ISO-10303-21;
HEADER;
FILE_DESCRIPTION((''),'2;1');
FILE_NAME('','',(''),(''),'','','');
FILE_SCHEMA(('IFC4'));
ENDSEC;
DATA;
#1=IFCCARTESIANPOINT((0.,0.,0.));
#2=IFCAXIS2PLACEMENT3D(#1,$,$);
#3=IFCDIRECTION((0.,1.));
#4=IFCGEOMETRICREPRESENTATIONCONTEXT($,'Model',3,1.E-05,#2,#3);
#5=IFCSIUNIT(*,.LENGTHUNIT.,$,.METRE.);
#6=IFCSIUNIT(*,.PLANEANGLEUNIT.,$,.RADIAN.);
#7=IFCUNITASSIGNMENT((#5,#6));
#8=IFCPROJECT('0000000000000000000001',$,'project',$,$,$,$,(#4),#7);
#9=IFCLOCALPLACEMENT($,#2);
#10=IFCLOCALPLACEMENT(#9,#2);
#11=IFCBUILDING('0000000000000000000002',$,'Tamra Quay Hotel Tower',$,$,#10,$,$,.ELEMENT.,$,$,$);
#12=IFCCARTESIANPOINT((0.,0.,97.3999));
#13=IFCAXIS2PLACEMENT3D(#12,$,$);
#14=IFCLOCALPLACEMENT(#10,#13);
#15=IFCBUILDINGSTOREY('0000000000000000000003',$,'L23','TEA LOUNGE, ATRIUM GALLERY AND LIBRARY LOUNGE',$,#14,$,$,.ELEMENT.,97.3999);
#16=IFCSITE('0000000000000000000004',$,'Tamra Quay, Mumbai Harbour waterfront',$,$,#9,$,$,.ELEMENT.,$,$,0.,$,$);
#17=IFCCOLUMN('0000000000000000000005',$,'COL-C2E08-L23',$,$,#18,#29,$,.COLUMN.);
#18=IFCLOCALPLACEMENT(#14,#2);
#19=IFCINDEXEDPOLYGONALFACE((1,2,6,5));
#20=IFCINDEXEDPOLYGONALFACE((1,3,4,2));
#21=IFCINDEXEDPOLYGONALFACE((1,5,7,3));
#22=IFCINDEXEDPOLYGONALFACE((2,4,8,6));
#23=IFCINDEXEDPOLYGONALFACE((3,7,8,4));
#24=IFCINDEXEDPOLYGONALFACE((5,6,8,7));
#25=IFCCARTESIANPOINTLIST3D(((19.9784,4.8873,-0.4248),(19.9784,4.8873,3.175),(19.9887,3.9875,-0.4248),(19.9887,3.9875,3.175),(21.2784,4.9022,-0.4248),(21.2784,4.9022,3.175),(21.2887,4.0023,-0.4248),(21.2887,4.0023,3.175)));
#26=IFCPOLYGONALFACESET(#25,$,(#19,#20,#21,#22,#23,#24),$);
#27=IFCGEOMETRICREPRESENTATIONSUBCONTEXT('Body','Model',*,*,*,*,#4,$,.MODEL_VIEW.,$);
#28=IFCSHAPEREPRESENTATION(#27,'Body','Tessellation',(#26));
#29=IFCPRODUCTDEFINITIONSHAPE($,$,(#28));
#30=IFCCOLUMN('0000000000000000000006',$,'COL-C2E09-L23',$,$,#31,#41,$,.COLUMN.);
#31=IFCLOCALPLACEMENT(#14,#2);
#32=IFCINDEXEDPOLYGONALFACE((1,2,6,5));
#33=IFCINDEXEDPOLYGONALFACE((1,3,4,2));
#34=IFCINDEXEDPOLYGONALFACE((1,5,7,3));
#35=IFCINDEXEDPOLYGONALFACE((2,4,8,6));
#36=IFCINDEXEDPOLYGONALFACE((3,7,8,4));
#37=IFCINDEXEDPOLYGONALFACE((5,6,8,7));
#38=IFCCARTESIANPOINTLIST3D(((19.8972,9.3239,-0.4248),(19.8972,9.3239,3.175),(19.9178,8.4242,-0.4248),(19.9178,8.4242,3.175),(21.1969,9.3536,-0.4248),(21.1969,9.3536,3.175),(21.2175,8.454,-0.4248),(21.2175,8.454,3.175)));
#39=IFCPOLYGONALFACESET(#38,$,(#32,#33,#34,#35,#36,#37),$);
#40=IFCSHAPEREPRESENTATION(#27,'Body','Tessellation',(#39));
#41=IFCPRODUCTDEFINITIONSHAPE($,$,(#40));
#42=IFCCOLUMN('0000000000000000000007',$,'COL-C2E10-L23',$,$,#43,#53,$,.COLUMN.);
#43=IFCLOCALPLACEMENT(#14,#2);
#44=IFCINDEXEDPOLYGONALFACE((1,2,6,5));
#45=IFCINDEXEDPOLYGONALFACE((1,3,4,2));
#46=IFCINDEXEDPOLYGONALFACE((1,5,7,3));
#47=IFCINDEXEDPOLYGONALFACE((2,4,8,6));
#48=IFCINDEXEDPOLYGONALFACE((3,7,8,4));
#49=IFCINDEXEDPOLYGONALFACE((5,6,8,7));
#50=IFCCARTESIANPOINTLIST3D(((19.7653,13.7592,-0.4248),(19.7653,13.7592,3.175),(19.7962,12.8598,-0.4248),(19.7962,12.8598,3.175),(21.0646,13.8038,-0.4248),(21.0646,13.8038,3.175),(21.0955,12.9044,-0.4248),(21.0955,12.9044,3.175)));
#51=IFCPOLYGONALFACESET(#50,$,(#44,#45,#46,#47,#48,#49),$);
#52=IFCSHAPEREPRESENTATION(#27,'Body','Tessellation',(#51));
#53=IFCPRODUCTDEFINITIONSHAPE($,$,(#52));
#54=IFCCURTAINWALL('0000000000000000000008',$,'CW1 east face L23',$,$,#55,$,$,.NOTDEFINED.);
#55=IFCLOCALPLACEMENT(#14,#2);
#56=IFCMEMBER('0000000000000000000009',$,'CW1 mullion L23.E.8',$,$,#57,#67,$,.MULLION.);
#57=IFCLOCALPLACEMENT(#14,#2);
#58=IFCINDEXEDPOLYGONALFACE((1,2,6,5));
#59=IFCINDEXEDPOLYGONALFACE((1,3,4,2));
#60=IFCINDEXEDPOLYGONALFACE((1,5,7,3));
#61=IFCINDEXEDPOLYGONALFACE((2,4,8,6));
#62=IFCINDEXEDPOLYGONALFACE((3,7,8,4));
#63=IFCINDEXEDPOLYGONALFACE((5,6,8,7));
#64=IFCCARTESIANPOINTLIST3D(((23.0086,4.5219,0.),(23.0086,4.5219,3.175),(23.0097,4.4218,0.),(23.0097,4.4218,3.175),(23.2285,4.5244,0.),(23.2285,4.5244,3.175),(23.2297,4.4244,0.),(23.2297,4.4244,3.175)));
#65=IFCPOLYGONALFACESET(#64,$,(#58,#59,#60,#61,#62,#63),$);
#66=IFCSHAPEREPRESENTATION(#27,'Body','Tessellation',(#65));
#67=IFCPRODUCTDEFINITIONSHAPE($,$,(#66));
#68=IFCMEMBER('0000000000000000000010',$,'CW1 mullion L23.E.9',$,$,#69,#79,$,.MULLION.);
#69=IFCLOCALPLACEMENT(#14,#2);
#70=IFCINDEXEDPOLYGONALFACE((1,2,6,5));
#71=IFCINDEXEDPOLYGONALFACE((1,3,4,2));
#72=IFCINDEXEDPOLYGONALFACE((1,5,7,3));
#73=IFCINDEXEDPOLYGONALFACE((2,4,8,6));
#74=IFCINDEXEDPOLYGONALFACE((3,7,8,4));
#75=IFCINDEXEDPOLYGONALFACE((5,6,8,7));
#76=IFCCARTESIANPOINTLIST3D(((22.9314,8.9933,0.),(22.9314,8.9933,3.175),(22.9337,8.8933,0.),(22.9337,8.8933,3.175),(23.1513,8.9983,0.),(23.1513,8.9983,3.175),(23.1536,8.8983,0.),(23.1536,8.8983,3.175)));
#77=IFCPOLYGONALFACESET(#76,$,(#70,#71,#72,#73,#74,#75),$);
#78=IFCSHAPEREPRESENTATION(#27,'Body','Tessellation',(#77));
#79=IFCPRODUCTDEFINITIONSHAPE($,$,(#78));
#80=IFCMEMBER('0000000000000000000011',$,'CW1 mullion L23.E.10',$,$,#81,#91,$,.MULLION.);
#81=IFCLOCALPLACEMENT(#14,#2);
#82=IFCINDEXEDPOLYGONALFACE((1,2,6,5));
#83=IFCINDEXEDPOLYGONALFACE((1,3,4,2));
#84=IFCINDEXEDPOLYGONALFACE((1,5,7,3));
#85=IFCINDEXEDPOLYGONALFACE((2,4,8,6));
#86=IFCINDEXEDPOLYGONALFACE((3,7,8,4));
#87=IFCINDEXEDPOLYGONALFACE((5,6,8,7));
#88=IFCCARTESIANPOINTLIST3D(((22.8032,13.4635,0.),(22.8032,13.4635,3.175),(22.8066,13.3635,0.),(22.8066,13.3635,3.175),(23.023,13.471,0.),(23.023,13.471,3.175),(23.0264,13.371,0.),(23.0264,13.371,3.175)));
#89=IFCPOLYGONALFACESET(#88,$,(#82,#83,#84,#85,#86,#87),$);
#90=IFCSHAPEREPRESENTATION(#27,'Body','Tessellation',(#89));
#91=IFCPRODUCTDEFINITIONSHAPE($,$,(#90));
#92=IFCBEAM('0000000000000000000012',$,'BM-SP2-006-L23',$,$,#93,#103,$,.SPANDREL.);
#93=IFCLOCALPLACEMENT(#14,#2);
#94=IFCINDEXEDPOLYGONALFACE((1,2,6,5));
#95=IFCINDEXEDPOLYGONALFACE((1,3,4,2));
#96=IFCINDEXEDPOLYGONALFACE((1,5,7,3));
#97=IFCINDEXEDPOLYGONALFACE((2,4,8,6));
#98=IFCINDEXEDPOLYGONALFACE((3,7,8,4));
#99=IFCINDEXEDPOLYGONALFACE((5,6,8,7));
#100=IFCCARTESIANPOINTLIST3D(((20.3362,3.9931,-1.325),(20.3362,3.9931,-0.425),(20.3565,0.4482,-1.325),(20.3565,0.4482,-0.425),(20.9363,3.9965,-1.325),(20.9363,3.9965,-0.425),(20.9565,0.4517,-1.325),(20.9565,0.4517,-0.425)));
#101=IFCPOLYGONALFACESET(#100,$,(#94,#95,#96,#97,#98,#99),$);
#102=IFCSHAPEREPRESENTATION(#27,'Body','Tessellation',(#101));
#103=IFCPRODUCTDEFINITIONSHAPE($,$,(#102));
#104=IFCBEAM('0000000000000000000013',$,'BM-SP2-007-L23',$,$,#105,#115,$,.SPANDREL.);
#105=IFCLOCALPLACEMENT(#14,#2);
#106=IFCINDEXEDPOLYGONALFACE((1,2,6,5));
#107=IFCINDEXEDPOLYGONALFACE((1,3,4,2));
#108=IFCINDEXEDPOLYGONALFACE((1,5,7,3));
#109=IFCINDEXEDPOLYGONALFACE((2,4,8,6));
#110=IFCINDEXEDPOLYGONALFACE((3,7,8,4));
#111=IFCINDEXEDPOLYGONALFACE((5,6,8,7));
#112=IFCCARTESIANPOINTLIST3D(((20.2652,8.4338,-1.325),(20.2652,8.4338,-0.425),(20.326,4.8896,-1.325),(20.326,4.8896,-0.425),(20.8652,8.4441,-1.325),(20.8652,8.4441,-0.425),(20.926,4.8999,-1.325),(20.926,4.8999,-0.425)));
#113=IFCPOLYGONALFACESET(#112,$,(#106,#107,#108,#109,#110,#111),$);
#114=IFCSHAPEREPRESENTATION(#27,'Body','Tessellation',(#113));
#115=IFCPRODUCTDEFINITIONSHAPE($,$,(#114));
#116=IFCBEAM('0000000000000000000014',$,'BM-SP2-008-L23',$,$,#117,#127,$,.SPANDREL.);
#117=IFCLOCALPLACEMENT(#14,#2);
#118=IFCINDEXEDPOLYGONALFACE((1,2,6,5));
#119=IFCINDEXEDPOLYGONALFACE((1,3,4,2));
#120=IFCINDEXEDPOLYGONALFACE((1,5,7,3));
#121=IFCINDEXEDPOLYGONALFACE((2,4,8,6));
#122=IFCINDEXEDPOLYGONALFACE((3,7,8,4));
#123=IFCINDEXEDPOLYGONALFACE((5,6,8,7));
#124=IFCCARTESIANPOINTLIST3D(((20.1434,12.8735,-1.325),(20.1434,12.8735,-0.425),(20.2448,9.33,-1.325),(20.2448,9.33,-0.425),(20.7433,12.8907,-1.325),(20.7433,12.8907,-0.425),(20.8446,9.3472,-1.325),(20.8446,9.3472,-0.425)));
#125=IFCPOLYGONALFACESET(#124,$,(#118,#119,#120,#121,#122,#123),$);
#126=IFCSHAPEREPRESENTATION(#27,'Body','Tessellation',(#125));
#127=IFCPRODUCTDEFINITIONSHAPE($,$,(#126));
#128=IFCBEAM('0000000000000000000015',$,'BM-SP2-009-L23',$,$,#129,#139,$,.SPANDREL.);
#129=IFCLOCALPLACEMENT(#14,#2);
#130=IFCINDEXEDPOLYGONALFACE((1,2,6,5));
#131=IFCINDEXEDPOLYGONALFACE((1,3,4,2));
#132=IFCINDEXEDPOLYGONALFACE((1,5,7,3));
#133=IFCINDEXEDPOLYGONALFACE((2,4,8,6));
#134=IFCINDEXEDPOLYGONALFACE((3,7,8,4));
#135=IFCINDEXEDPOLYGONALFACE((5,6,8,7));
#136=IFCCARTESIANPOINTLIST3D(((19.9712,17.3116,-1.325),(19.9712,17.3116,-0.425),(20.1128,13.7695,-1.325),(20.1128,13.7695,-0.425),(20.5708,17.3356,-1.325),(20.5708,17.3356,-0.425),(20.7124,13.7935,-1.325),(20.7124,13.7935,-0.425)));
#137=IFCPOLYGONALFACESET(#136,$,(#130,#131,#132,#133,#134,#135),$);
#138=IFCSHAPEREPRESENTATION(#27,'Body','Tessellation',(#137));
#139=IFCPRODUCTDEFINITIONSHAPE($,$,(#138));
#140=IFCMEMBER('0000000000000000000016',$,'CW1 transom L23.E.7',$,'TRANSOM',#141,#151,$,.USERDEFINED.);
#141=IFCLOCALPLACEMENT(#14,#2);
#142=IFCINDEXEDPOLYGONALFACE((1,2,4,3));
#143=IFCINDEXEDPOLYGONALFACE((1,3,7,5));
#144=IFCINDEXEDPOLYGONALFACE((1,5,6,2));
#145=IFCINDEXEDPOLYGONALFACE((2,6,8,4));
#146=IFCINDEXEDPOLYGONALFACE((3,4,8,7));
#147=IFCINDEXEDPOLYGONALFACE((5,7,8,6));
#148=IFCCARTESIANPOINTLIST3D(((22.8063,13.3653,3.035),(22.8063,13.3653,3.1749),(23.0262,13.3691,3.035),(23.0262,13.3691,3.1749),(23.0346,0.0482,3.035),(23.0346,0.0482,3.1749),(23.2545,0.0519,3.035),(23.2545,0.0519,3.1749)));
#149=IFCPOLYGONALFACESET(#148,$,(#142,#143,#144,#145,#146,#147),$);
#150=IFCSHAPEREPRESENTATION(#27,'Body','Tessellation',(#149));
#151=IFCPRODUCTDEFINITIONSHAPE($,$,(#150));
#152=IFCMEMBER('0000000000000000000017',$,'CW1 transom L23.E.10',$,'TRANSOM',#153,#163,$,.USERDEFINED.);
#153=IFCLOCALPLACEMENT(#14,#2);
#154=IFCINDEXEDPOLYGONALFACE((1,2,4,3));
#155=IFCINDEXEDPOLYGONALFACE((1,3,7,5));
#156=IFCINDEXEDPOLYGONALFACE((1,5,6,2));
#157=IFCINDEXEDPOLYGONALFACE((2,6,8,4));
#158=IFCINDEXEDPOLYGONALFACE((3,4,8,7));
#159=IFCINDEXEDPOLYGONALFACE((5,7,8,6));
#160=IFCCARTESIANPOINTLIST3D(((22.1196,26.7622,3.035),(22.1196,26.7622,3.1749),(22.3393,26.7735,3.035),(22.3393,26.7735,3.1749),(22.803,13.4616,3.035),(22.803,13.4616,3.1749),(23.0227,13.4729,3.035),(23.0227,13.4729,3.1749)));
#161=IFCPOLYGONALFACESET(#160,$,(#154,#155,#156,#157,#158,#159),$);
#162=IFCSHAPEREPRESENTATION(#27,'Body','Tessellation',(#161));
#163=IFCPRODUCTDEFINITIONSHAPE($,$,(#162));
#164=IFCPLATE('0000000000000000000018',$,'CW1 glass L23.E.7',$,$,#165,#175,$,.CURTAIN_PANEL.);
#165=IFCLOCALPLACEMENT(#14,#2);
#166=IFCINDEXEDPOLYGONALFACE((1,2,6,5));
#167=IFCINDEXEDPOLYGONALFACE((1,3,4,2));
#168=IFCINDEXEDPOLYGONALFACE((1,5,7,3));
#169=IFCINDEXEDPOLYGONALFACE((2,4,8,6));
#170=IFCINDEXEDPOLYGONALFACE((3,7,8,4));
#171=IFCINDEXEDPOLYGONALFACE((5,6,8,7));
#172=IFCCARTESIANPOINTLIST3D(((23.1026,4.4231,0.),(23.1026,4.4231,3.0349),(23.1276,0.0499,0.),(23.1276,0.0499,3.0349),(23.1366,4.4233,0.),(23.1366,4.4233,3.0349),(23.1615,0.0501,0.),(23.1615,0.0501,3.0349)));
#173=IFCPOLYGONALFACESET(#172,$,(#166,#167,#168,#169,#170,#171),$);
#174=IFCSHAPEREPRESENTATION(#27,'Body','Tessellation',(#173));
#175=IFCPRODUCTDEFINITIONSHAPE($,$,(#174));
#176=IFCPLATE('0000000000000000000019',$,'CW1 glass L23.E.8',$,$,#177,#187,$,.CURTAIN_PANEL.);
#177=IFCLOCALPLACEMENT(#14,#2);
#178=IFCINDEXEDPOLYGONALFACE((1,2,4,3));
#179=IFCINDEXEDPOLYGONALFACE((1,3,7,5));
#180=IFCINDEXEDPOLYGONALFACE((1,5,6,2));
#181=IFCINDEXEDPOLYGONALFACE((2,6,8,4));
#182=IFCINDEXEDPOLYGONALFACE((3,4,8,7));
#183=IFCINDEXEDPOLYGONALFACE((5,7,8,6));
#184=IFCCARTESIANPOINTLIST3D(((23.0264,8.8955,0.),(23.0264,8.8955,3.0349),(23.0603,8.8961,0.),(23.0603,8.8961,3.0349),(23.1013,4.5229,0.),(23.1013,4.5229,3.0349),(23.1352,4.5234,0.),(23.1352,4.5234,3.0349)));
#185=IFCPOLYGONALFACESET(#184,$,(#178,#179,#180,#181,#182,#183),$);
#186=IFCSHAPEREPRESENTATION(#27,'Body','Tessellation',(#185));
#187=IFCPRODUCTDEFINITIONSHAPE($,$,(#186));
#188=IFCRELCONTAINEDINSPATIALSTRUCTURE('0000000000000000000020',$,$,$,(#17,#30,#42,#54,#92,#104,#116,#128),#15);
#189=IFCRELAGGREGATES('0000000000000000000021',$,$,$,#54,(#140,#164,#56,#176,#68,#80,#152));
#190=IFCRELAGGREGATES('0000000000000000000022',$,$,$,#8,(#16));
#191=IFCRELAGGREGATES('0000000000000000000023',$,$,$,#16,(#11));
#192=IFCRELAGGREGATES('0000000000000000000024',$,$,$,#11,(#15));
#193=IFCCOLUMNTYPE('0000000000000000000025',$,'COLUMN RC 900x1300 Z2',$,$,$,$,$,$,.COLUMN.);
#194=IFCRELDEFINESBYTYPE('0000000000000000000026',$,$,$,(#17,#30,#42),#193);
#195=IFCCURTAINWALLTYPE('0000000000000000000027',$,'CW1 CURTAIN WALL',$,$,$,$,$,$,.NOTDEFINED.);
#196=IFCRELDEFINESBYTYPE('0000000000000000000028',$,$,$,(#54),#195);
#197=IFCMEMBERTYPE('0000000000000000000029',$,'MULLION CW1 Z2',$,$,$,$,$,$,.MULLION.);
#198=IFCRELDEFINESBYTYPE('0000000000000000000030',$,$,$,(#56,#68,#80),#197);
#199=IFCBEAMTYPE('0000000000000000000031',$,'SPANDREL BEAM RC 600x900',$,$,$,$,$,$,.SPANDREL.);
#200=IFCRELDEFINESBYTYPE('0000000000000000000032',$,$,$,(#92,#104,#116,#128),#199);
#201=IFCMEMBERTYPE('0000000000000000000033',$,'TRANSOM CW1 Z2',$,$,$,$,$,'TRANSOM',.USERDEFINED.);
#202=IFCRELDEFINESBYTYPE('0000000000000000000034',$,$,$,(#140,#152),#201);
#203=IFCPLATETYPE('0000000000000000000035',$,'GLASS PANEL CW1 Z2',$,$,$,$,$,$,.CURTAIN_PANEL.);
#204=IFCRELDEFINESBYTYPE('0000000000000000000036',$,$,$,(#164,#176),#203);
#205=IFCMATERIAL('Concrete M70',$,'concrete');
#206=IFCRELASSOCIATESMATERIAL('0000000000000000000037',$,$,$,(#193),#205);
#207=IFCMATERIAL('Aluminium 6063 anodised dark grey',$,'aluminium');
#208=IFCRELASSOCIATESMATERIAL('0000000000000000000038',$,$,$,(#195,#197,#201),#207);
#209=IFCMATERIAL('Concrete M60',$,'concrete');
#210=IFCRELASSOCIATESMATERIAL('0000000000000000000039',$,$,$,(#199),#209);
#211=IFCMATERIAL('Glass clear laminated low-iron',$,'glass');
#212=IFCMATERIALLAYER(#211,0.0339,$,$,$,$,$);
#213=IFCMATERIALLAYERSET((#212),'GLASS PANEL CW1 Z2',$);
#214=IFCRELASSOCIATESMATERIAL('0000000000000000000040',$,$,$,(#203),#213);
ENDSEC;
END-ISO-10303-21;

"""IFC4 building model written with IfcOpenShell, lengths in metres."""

from ifc_helpers import new_model, si_unit, direction, frame, origin, origin_2d, place, context, subcontext, project, spatial, rectangle, extrude, material, layer, layer_set, material_profile, profile_set, type_object, element, aggregate, save


model = new_model("IFC4")

# Units and contexts
model_context = context("Model", 3, precision=1e-05, world=origin(), true_north=direction((0.0, 1.0)))
body_context = subcontext(model_context, "Body", "Model", "MODEL_VIEW")
ifc_project = project(units=[si_unit("LENGTHUNIT", "METRE"), si_unit("PLANEANGLEUNIT", "RADIAN")], contexts=[model_context])

# Site, building, storey
site_placement = place(None, origin())
site = spatial("IfcSite", under=ifc_project, at=site_placement, Name="Tamra Quay, Mumbai Harbour waterfront", CompositionType="ELEMENT", RefElevation=0.0)
building_placement = place(site_placement, origin())
building = spatial("IfcBuilding", under=site, at=building_placement, Name="Tamra Quay Hotel Tower", CompositionType="ELEMENT")
storey_placement = place(building_placement, frame((0.0, 0.0, 97.3999)))
storey = spatial("IfcBuildingStorey", under=building, at=storey_placement, Name="L23", Description="TEA LOUNGE, ATRIUM GALLERY AND LIBRARY LOUNGE", CompositionType="ELEMENT", Elevation=97.3999)

# Columns
ifc_material_1 = material(Name="Concrete M70", Category="concrete")
ifc_material_profile_1 = material_profile(ifc_material_1, rectangle(XDim=1.3, YDim=0.8999, at=origin_2d()), Name="COLUMN RC 900x1300 Z2")
ifc_profile_set_1 = profile_set([ifc_material_profile_1], Name="Concrete M70")
column_type = type_object("IfcColumnType", Name="COLUMN RC 900x1300 Z2", PredefinedType="COLUMN", material=ifc_profile_set_1)
for number, where, z_axis, x_axis, name in (
    (1, (20.6335, 4.4448, -0.4248), (0.0, 0.0, 1.0), (0.999935, 0.011439, 0.0), "COL-C2E08-L23"),
    (2, (20.5574, 8.8889, -0.4248), (0.0, 0.0, 1.0), (0.999738, 0.022874, 0.0), "COL-C2E09-L23"),
    (3, (20.4304, 13.3318, -0.4248), (0.0, 0.0, 1.0), (0.999412, 0.034299, 0.0), "COL-C2E10-L23"),
):
    element("IfcColumn", number, at=place(storey_placement, frame(where, z_axis=z_axis, x_axis=x_axis)), inside=storey, type_object=column_type, Name=name, PredefinedType="COLUMN", context=body_context, shape_type="SweptSolid", body=[
        extrude(rectangle(XDim=1.3, YDim=0.8999, at=origin_2d()), origin(), (0.0, 0.0, 1.0), 3.5999),
    ])

# Curtain wall, members
ifc_material_2 = material(Name="Aluminium 6063 anodised dark grey", Category="aluminium")
curtain_wall_type = type_object("IfcCurtainWallType", Name="CW1 CURTAIN WALL", PredefinedType="NOTDEFINED", material=ifc_material_2)
curtain_wall_placement = place(storey_placement, origin())
curtain_wall = element("IfcCurtainWall", 4, at=curtain_wall_placement, inside=storey, type_object=curtain_wall_type, Name="CW1 east face L23", PredefinedType="NOTDEFINED")
ifc_material_profile_2 = material_profile(ifc_material_2, rectangle(XDim=0.22, YDim=0.1001, at=origin_2d()), Name="MULLION 100X220")
ifc_profile_set_2 = profile_set([ifc_material_profile_2], Name="Aluminium 6063 anodised dark grey")
member_type_1 = type_object("IfcMemberType", Name="MULLION CW1 Z2", PredefinedType="MULLION", material=ifc_profile_set_2)
member_1_placement = place(storey_placement, frame((23.1191, 4.4731, 0.0), z_axis=(0.0, 0.0, 1.0), x_axis=(0.999935, 0.011424, 0.0)))
member_1 = element("IfcMember", 5, at=member_1_placement, type_object=member_type_1, Name="CW1 mullion L23.E.8", PredefinedType="MULLION", context=body_context, shape_type="SweptSolid", body=[
    extrude(rectangle(XDim=0.22, YDim=0.1001, at=origin_2d()), origin(), (0.0, 0.0, 1.0), 3.175),
])
member_2_placement = place(storey_placement, frame((23.0425, 8.9458, 0.0), z_axis=(0.0, 0.0, 1.0), x_axis=(0.999739, 0.022841, 0.0)))
member_2 = element("IfcMember", 6, at=member_2_placement, type_object=member_type_1, Name="CW1 mullion L23.E.9", PredefinedType="MULLION", context=body_context, shape_type="SweptSolid", body=[
    extrude(rectangle(XDim=0.22, YDim=0.1001, at=origin_2d()), origin(), (0.0, 0.0, 1.0), 3.175),
])
member_3_placement = place(storey_placement, frame((22.9148, 13.4172, 0.0), z_axis=(0.0, 0.0, 1.0), x_axis=(0.999413, 0.034246, 0.0)))
member_3 = element("IfcMember", 7, at=member_3_placement, type_object=member_type_1, Name="CW1 mullion L23.E.10", PredefinedType="MULLION", context=body_context, shape_type="SweptSolid", body=[
    extrude(rectangle(XDim=0.22, YDim=0.1001, at=origin_2d()), origin(), (0.0, 0.0, 1.0), 3.175),
])

# Beams
ifc_material_3 = material(Name="Concrete M60", Category="concrete")
ifc_material_profile_3 = material_profile(ifc_material_3, rectangle(XDim=0.6001, YDim=0.8999, at=origin_2d()), Name="SPANDREL BEAM RC 600x900")
ifc_profile_set_3 = profile_set([ifc_material_profile_3], Name="Concrete M60")
beam_type = type_object("IfcBeamType", Name="SPANDREL BEAM RC 600x900", PredefinedType="SPANDREL", material=ifc_profile_set_3)
beam_1_placement = place(storey_placement, frame((20.6565, 0.45, -0.875), z_axis=(-0.005716, 0.999984, 0.0), x_axis=(-0.999984, -0.005716, 0.0)))
element("IfcBeam", 8, at=beam_1_placement, inside=storey, type_object=beam_type, Name="BM-SP2-006-L23", PredefinedType="SPANDREL", context=body_context, shape_type="SweptSolid", body=[
    extrude(rectangle(XDim=0.6001, YDim=0.8999, at=origin_2d()), origin(), (0.0, 0.0, 1.0), 3.5449),
])
beam_2_placement = place(storey_placement, frame((20.626, 4.8948, -0.875), z_axis=(-0.01715, 0.999853, 0.0), x_axis=(-0.999853, -0.01715, 0.0)))
element("IfcBeam", 9, at=beam_2_placement, inside=storey, type_object=beam_type, Name="BM-SP2-007-L23", PredefinedType="SPANDREL", context=body_context, shape_type="SweptSolid", body=[
    extrude(rectangle(XDim=0.6001, YDim=0.8999, at=origin_2d()), origin(), (0.0, 0.0, 1.0), 3.5447),
])
for number, where, z_axis, x_axis, name in (
    (10, (20.5447, 9.3386, -0.875), (-0.028581, 0.999591, 0.0), (-0.999591, -0.028581, 0.0), "BM-SP2-008-L23"),
    (11, (20.4126, 13.7815, -0.875), (-0.039946, 0.999202, 0.0), (-0.999202, -0.039946, 0.0), "BM-SP2-009-L23"),
):
    element("IfcBeam", number, at=place(storey_placement, frame(where, z_axis=z_axis, x_axis=x_axis)), inside=storey, type_object=beam_type, Name=name, PredefinedType="SPANDREL", context=body_context, shape_type="SweptSolid", body=[
        extrude(rectangle(XDim=0.6001, YDim=0.8999, at=origin_2d()), origin(), (0.0, 0.0, 1.0), 3.5449),
    ])

# Members
ifc_material_profile_4 = material_profile(ifc_material_2, rectangle(XDim=0.22, YDim=0.1399, at=origin_2d()), Name="TRANSOM 220X140")
ifc_profile_set_4 = profile_set([ifc_material_profile_4], Name="Aluminium 6063 anodised dark grey")
member_type_2 = type_object("IfcMemberType", Name="TRANSOM CW1 Z2", ElementType="TRANSOM", PredefinedType="USERDEFINED", material=ifc_profile_set_4)
member_4_placement = place(storey_placement, frame((23.1445, 0.05, 3.105), z_axis=(-0.017139, 0.999853, 0.0), x_axis=(-0.999853, -0.017139, 0.0)))
member_4 = element("IfcMember", 12, at=member_4_placement, type_object=member_type_2, Name="CW1 transom L23.E.7", ObjectType="TRANSOM", PredefinedType="USERDEFINED", context=body_context, shape_type="SweptSolid", body=[
    extrude(rectangle(XDim=0.22, YDim=0.1399, at=origin_2d()), origin(), (0.0, 0.0, 1.0), 13.3191),
])
member_5_placement = place(storey_placement, frame((22.9128, 13.4673, 3.105), z_axis=(-0.05131, 0.998683, 0.0), x_axis=(-0.998683, -0.05131, 0.0)))
member_5 = element("IfcMember", 13, at=member_5_placement, type_object=member_type_2, Name="CW1 transom L23.E.10", ObjectType="TRANSOM", PredefinedType="USERDEFINED", context=body_context, shape_type="SweptSolid", body=[
    extrude(rectangle(XDim=0.22, YDim=0.1399, at=origin_2d()), origin(), (0.0, 0.0, 1.0), 13.3181),
])

# Plates
ifc_material_4 = material(Name="Glass clear laminated low-iron", Category="glass")
ifc_layer_1 = layer(ifc_material_4, 0.0339)
ifc_layer_set_1 = layer_set([ifc_layer_1], Name="GLASS PANEL CW1 Z2")
plate_type = type_object("IfcPlateType", Name="GLASS PANEL CW1 Z2", PredefinedType="CURTAIN_PANEL", material=ifc_layer_set_1)
plate_1_placement = place(storey_placement, frame((23.1321, 2.2366, 0.0), z_axis=(0.0, 0.0, 1.0), x_axis=(-0.005713, 0.999984, 0.0)))
plate_1 = element("IfcPlate", 14, at=plate_1_placement, type_object=plate_type, Name="CW1 glass L23.E.7", PredefinedType="CURTAIN_PANEL", context=body_context, shape_type="SweptSolid", body=[
    extrude(rectangle(XDim=4.3733, YDim=0.0339, at=origin_2d()), origin(), (0.0, 0.0, 1.0), 3.0349),
])
plate_2_placement = place(storey_placement, frame((23.0808, 6.7095, 0.0), z_axis=(0.0, 0.0, 1.0), x_axis=(-0.017134, 0.999853, 0.0)))
plate_2 = element("IfcPlate", 15, at=plate_2_placement, type_object=plate_type, Name="CW1 glass L23.E.8", PredefinedType="CURTAIN_PANEL", context=body_context, shape_type="SweptSolid", body=[
    extrude(rectangle(XDim=4.3733, YDim=0.0339, at=origin_2d()), origin(), (0.0, 0.0, 1.0), 3.0349),
])
aggregate(curtain_wall, [member_4, plate_1, member_1, plate_2, member_2, member_3, member_5])

save(model, "model.ifc")
